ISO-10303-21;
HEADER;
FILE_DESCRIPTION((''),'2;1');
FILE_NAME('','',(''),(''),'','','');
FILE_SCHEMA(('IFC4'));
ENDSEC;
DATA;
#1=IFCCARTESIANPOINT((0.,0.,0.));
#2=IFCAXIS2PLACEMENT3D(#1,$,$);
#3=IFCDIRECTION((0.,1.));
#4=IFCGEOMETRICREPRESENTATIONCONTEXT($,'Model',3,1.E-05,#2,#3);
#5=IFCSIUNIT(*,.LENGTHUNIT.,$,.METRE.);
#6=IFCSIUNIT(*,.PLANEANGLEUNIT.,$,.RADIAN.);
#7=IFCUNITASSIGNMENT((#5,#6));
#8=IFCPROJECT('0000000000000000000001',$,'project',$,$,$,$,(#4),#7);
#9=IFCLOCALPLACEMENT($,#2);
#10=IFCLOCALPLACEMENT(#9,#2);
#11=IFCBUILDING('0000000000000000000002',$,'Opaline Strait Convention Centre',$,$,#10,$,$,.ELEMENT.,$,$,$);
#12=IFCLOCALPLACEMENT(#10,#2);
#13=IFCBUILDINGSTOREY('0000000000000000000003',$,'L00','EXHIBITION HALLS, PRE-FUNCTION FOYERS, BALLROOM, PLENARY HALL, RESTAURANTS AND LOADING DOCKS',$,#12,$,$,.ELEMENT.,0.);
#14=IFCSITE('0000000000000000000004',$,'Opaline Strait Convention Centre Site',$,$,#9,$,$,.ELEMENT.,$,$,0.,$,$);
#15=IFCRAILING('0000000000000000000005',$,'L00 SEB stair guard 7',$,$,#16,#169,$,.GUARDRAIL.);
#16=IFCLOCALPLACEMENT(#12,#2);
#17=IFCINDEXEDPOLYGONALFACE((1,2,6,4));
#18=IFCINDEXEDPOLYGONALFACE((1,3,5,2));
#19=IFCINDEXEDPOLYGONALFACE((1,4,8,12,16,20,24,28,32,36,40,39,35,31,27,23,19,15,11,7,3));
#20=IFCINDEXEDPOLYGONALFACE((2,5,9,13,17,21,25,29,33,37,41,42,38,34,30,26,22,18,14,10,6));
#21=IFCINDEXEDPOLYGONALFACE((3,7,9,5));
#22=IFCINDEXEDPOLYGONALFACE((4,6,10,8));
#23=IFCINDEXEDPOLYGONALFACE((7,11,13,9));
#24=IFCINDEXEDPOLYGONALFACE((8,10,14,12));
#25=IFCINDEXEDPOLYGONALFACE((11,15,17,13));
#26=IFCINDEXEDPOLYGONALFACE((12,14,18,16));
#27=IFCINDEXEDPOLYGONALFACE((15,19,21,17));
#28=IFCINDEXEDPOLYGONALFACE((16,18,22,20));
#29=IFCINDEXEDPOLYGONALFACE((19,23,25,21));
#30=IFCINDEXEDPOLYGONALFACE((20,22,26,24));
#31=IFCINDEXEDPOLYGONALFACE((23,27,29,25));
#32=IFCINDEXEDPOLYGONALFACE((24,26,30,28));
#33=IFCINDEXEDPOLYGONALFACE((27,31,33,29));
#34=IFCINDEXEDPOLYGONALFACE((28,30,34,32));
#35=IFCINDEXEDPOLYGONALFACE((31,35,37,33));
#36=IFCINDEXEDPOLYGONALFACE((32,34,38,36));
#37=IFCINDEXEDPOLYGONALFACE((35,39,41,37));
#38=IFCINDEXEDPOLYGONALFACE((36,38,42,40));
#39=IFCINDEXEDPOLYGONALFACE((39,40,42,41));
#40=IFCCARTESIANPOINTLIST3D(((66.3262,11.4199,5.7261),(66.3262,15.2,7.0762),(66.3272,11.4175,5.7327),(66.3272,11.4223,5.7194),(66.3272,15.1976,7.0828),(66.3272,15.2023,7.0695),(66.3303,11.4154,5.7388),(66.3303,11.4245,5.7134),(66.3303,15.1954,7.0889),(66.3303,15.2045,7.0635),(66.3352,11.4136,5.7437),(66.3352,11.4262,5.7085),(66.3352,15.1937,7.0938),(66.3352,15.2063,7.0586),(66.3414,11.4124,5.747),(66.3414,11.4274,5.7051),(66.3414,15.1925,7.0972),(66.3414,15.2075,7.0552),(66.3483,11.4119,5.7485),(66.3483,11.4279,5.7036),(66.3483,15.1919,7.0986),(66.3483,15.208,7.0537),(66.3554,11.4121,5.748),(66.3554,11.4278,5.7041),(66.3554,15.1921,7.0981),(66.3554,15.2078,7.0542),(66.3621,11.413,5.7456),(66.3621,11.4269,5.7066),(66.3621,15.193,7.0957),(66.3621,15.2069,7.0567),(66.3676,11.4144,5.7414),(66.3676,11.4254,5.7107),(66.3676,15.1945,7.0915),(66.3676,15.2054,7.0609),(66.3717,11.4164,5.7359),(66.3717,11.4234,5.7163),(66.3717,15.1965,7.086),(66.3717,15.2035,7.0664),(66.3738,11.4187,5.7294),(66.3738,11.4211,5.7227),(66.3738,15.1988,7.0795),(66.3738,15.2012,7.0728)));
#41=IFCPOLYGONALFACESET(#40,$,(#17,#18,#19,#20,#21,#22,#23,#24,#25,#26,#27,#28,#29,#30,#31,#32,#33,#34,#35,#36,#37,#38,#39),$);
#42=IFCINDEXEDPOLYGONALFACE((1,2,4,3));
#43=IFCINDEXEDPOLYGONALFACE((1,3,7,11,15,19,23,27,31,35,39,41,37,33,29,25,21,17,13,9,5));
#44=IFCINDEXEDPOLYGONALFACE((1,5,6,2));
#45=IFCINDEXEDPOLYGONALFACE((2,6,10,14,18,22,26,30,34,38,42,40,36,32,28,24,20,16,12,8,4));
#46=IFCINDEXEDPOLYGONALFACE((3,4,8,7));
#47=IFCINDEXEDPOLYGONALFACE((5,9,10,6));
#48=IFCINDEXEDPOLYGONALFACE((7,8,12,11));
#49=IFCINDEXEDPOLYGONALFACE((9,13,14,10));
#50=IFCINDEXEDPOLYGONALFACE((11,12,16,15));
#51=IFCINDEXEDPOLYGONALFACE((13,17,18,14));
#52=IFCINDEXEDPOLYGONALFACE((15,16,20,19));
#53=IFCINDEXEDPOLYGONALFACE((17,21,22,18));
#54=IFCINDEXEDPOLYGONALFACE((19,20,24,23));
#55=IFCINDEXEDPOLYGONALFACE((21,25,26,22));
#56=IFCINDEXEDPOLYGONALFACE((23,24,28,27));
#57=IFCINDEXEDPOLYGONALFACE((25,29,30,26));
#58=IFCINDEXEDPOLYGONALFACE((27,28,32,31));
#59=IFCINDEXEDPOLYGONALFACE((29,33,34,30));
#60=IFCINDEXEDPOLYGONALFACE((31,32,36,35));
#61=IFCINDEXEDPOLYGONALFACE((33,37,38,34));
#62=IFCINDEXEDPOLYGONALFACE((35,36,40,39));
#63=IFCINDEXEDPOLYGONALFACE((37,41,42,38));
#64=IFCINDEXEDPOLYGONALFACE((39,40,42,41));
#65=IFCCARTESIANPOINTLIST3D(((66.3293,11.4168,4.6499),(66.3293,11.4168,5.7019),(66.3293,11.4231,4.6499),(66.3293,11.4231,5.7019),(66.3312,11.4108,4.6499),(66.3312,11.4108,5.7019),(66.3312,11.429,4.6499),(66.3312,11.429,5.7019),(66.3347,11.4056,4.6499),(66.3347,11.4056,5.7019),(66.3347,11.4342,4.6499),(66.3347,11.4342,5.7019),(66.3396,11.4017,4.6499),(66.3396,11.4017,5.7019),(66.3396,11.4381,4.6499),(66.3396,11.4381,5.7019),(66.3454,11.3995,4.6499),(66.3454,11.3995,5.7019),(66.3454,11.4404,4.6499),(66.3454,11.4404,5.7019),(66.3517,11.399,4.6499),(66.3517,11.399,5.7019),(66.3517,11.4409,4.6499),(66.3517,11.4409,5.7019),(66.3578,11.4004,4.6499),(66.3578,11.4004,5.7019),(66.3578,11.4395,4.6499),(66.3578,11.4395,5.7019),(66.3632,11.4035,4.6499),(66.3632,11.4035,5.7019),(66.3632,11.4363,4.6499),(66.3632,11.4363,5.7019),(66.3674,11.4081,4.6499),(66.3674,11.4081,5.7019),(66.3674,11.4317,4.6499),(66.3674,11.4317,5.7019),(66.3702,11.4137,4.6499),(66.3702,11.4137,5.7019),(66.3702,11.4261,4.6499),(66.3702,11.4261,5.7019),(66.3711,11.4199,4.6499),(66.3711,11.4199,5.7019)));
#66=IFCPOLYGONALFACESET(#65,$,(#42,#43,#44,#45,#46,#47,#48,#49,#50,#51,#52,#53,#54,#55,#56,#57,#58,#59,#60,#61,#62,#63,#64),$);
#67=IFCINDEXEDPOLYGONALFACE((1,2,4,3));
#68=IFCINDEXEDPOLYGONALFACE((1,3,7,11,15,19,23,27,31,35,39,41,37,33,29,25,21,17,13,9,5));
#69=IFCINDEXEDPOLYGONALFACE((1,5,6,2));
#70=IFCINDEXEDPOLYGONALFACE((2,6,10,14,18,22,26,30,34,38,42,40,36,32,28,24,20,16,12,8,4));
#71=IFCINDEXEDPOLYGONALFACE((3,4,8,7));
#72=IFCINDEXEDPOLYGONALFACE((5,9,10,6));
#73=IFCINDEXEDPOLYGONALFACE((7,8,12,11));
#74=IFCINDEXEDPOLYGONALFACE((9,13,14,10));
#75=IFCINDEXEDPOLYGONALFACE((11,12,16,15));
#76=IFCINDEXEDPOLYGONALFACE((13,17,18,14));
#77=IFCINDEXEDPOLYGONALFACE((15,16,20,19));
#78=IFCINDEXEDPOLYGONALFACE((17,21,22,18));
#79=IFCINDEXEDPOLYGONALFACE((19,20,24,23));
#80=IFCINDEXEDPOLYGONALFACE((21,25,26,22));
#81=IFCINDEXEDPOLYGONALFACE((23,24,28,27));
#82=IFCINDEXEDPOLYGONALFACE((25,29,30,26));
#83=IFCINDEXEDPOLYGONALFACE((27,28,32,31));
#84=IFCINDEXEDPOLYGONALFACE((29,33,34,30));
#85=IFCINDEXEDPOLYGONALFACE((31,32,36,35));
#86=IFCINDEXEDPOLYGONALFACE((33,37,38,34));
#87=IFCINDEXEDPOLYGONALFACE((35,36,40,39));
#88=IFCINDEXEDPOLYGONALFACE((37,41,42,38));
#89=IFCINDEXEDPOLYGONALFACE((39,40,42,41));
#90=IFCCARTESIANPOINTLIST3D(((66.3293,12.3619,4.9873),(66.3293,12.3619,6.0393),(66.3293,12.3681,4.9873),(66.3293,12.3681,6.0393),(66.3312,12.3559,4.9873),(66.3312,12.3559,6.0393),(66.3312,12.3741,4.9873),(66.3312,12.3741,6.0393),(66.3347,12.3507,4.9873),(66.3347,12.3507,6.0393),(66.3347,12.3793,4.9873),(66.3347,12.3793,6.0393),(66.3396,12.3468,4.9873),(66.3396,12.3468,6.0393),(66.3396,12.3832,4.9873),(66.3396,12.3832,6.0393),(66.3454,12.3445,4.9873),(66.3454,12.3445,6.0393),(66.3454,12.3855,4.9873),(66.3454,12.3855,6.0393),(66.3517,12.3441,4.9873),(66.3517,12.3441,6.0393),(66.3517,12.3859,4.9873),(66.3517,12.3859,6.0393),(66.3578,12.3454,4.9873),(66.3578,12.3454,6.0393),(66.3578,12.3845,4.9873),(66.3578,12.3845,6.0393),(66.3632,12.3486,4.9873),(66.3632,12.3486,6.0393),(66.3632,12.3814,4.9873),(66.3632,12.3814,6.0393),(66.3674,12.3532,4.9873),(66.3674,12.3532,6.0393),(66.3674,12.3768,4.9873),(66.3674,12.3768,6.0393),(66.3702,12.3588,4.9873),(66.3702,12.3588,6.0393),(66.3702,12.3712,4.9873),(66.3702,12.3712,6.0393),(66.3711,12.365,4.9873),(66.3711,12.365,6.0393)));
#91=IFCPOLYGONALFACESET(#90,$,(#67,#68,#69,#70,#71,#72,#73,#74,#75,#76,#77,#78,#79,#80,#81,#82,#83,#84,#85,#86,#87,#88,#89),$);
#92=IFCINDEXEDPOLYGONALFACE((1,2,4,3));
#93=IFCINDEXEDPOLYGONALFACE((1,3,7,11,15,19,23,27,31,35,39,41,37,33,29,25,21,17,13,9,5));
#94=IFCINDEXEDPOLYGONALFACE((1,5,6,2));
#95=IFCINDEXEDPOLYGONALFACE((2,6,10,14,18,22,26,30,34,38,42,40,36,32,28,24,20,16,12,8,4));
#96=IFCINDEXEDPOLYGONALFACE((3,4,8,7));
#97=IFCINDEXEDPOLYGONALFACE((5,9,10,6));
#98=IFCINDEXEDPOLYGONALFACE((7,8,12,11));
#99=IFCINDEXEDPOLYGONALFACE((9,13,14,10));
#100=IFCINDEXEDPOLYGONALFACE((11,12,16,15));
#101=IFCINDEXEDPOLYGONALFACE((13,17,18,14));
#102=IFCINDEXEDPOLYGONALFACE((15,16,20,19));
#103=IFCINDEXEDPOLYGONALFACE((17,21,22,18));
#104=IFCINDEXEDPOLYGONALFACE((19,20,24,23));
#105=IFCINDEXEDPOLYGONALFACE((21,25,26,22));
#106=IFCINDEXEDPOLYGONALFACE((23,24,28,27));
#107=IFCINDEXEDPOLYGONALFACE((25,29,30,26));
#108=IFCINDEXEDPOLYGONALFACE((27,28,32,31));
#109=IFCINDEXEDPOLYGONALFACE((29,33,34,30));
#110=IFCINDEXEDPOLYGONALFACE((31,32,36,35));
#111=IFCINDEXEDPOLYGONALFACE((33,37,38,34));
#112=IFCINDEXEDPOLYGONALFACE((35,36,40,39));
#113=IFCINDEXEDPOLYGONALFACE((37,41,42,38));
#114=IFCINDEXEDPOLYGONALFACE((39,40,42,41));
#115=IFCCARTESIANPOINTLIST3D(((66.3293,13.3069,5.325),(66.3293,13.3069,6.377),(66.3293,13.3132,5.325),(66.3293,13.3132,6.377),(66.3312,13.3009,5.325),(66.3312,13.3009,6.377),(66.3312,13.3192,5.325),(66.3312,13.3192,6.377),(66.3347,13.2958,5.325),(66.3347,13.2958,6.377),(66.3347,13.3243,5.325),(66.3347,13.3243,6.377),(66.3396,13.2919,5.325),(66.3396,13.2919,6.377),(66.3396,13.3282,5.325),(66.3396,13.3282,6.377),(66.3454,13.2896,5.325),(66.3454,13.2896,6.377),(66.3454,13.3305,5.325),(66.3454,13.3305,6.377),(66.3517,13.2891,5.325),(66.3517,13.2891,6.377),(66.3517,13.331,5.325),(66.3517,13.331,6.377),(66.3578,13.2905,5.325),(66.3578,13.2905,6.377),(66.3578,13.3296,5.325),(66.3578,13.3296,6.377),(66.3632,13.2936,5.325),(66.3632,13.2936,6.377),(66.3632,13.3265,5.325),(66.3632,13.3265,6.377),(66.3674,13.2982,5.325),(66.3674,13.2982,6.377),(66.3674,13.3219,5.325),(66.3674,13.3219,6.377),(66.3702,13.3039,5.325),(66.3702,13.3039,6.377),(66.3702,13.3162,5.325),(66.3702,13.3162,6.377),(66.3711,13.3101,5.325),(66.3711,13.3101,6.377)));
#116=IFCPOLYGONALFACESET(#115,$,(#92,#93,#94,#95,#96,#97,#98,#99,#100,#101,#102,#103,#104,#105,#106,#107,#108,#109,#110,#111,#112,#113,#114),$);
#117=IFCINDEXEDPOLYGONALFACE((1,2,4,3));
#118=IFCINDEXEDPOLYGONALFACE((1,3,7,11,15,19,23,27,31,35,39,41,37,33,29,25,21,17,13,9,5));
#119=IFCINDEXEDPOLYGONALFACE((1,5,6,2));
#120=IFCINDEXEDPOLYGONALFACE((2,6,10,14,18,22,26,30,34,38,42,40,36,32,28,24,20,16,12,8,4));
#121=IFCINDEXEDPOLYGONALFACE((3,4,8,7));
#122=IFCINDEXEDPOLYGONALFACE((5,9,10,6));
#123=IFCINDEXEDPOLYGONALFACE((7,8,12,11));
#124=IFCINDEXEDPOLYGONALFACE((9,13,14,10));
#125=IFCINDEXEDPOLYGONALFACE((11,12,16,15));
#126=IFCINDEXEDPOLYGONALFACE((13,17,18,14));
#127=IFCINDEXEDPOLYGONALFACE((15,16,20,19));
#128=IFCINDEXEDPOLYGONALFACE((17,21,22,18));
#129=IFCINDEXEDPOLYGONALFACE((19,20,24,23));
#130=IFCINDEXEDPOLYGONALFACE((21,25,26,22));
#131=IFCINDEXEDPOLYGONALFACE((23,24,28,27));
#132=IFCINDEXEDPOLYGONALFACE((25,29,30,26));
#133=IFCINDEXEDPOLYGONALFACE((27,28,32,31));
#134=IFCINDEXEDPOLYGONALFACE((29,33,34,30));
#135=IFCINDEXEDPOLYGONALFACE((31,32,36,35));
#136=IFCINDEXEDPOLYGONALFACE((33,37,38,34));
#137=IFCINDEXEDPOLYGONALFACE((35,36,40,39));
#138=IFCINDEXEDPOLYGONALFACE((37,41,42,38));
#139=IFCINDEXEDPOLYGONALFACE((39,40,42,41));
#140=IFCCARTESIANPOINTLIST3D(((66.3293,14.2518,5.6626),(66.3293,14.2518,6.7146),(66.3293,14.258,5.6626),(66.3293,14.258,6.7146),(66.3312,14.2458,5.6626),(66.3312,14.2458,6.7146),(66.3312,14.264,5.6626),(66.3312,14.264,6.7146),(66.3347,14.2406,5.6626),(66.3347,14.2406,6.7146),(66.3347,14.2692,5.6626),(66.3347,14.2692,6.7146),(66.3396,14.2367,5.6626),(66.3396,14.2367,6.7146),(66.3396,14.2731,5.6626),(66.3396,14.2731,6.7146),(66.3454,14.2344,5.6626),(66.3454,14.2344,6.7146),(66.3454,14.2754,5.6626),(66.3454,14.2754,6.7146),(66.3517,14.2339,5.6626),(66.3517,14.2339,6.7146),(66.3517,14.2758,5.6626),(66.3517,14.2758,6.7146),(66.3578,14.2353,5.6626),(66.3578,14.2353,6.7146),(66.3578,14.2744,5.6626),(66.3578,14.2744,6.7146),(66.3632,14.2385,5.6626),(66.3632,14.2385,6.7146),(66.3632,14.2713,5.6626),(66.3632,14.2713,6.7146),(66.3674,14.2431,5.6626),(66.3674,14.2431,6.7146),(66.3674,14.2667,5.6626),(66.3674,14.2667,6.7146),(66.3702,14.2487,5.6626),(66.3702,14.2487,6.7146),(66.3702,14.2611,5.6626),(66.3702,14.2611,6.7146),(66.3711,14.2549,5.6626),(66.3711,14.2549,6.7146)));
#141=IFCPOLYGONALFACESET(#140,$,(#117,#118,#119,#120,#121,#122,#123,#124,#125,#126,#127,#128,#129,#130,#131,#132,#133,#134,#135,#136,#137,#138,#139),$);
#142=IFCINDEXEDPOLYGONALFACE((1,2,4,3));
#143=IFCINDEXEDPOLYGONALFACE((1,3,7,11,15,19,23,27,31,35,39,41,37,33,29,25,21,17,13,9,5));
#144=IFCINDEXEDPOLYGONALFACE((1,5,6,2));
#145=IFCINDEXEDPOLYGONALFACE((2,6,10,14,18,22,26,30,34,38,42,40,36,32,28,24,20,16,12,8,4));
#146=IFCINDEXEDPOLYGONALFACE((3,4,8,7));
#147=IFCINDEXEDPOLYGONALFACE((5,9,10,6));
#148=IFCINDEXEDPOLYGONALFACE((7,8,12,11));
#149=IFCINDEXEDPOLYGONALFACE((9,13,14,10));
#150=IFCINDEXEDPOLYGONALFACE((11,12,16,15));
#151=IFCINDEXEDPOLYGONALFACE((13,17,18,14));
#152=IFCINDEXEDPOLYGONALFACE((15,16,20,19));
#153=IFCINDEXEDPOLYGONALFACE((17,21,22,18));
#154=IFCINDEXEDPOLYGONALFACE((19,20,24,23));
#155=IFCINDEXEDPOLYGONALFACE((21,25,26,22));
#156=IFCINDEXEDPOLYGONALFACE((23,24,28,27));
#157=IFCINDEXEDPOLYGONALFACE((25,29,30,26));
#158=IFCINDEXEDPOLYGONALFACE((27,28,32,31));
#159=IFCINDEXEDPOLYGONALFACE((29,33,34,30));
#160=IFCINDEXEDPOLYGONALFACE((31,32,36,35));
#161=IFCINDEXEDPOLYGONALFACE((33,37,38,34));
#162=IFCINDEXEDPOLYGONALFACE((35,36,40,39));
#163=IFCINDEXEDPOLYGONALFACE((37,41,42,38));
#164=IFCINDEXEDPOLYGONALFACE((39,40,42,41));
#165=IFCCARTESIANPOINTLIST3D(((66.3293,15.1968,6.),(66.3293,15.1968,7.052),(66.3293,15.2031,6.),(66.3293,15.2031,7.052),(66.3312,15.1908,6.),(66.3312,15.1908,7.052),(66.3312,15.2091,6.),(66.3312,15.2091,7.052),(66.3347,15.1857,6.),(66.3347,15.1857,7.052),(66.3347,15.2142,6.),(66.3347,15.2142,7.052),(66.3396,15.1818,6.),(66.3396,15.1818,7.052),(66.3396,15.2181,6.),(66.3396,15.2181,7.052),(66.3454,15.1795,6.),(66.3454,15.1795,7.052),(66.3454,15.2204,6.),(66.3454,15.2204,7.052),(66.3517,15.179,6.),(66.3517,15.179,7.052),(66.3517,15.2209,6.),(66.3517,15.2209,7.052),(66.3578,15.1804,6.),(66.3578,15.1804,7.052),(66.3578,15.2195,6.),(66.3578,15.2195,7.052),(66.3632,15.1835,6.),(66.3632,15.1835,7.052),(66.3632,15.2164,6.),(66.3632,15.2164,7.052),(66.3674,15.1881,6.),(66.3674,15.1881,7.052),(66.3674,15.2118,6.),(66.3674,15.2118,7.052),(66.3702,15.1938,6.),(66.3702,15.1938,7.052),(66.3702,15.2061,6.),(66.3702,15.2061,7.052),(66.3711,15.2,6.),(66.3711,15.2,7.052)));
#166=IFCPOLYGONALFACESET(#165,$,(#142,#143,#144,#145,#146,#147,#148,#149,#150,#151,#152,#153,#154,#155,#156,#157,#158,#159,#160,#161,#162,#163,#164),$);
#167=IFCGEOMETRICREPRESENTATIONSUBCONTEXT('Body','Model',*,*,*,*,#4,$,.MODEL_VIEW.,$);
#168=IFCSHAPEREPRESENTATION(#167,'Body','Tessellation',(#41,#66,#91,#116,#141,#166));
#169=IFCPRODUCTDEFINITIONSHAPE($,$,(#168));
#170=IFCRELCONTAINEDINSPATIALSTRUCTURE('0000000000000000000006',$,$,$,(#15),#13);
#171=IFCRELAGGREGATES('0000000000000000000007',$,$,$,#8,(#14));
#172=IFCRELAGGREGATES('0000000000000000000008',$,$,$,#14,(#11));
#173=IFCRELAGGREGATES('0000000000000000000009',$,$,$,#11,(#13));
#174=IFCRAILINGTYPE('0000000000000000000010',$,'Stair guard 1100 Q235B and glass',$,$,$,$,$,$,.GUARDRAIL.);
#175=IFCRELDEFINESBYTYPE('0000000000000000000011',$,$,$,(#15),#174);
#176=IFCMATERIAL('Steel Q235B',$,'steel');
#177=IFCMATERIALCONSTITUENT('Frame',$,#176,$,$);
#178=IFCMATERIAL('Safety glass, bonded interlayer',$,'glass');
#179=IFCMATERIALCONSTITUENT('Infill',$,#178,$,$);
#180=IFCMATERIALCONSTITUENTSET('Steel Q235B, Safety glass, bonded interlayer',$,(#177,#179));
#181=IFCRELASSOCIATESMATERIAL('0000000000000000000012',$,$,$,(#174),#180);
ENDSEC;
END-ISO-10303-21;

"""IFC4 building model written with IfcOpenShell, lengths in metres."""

from ifc_helpers import new_model, si_unit, direction, frame, origin, origin_2d, place, context, subcontext, project, spatial, circle, extrude, material, constituent, constituent_set, type_object, element, save


model = new_model("IFC4")

# Units and contexts
model_context = context("Model", 3, precision=1e-05, world=origin(), true_north=direction((0.0, 1.0)))
body_context = subcontext(model_context, "Body", "Model", "MODEL_VIEW")
ifc_project = project(units=[si_unit("LENGTHUNIT", "METRE"), si_unit("PLANEANGLEUNIT", "RADIAN")], contexts=[model_context])

# Site, building, storey
site_placement = place(None, origin())
site = spatial("IfcSite", under=ifc_project, at=site_placement, Name="Opaline Strait Convention Centre Site", CompositionType="ELEMENT", RefElevation=0.0)
building_placement = place(site_placement, origin())
building = spatial("IfcBuilding", under=site, at=building_placement, Name="Opaline Strait Convention Centre", CompositionType="ELEMENT")
storey_placement = place(building_placement, origin())
storey = spatial("IfcBuildingStorey", under=building, at=storey_placement, Name="L00", Description="EXHIBITION HALLS, PRE-FUNCTION FOYERS, BALLROOM, PLENARY HALL, RESTAURANTS AND LOADING DOCKS", CompositionType="ELEMENT", Elevation=0.0)

# Railing
ifc_material_1 = material(Name="Steel Q235B", Category="steel")
ifc_constituent_1 = constituent(ifc_material_1, Name="Frame")
ifc_material_2 = material(Name="Safety glass, bonded interlayer", Category="glass")
ifc_constituent_2 = constituent(ifc_material_2, Name="Infill")
ifc_constituent_set = constituent_set(constituents=[ifc_constituent_1, ifc_constituent_2], Name="Steel Q235B, Safety glass, bonded interlayer")
railing_type_1 = type_object("IfcRailingType", Name="Stair guard 1100 Q235B and glass", PredefinedType="GUARDRAIL", material=ifc_constituent_set)
railing_1_placement = place(storey_placement, frame((66.3501, 11.4199, 4.6499)))
element("IfcRailing", 1, at=railing_1_placement, inside=storey, type_object=railing_type_1, Name="L00 SEB stair guard 7", PredefinedType="GUARDRAIL", context=body_context, shape_type="SweptSolid", body=[
    extrude(circle(Radius=0.0239, at=origin_2d()), frame((0.0, 0.0, 1.0762), z_axis=(0.0, 0.941735, 0.336356), x_axis=(-1.0, 0.0, 0.0)), (0.0, 0.0, 1.0), 4.0139),
    extrude(circle(Radius=0.021, at=origin_2d()), origin(), (0.0, 0.0, 1.0), 1.052),
    extrude(circle(Radius=0.021, at=origin_2d()), frame((0.0, 0.9451, 0.3374)), (0.0, 0.0, 1.0), 1.052),
    extrude(circle(Radius=0.021, at=origin_2d()), frame((0.0, 1.8901, 0.675)), (0.0, 0.0, 1.0), 1.052),
    extrude(circle(Radius=0.021, at=origin_2d()), frame((0.0, 2.835, 1.0127)), (0.0, 0.0, 1.0), 1.052),
    extrude(circle(Radius=0.021, at=origin_2d()), frame((0.0, 3.78, 1.3501)), (0.0, 0.0, 1.0), 1.052),
])

save(model, "model.ifc")
